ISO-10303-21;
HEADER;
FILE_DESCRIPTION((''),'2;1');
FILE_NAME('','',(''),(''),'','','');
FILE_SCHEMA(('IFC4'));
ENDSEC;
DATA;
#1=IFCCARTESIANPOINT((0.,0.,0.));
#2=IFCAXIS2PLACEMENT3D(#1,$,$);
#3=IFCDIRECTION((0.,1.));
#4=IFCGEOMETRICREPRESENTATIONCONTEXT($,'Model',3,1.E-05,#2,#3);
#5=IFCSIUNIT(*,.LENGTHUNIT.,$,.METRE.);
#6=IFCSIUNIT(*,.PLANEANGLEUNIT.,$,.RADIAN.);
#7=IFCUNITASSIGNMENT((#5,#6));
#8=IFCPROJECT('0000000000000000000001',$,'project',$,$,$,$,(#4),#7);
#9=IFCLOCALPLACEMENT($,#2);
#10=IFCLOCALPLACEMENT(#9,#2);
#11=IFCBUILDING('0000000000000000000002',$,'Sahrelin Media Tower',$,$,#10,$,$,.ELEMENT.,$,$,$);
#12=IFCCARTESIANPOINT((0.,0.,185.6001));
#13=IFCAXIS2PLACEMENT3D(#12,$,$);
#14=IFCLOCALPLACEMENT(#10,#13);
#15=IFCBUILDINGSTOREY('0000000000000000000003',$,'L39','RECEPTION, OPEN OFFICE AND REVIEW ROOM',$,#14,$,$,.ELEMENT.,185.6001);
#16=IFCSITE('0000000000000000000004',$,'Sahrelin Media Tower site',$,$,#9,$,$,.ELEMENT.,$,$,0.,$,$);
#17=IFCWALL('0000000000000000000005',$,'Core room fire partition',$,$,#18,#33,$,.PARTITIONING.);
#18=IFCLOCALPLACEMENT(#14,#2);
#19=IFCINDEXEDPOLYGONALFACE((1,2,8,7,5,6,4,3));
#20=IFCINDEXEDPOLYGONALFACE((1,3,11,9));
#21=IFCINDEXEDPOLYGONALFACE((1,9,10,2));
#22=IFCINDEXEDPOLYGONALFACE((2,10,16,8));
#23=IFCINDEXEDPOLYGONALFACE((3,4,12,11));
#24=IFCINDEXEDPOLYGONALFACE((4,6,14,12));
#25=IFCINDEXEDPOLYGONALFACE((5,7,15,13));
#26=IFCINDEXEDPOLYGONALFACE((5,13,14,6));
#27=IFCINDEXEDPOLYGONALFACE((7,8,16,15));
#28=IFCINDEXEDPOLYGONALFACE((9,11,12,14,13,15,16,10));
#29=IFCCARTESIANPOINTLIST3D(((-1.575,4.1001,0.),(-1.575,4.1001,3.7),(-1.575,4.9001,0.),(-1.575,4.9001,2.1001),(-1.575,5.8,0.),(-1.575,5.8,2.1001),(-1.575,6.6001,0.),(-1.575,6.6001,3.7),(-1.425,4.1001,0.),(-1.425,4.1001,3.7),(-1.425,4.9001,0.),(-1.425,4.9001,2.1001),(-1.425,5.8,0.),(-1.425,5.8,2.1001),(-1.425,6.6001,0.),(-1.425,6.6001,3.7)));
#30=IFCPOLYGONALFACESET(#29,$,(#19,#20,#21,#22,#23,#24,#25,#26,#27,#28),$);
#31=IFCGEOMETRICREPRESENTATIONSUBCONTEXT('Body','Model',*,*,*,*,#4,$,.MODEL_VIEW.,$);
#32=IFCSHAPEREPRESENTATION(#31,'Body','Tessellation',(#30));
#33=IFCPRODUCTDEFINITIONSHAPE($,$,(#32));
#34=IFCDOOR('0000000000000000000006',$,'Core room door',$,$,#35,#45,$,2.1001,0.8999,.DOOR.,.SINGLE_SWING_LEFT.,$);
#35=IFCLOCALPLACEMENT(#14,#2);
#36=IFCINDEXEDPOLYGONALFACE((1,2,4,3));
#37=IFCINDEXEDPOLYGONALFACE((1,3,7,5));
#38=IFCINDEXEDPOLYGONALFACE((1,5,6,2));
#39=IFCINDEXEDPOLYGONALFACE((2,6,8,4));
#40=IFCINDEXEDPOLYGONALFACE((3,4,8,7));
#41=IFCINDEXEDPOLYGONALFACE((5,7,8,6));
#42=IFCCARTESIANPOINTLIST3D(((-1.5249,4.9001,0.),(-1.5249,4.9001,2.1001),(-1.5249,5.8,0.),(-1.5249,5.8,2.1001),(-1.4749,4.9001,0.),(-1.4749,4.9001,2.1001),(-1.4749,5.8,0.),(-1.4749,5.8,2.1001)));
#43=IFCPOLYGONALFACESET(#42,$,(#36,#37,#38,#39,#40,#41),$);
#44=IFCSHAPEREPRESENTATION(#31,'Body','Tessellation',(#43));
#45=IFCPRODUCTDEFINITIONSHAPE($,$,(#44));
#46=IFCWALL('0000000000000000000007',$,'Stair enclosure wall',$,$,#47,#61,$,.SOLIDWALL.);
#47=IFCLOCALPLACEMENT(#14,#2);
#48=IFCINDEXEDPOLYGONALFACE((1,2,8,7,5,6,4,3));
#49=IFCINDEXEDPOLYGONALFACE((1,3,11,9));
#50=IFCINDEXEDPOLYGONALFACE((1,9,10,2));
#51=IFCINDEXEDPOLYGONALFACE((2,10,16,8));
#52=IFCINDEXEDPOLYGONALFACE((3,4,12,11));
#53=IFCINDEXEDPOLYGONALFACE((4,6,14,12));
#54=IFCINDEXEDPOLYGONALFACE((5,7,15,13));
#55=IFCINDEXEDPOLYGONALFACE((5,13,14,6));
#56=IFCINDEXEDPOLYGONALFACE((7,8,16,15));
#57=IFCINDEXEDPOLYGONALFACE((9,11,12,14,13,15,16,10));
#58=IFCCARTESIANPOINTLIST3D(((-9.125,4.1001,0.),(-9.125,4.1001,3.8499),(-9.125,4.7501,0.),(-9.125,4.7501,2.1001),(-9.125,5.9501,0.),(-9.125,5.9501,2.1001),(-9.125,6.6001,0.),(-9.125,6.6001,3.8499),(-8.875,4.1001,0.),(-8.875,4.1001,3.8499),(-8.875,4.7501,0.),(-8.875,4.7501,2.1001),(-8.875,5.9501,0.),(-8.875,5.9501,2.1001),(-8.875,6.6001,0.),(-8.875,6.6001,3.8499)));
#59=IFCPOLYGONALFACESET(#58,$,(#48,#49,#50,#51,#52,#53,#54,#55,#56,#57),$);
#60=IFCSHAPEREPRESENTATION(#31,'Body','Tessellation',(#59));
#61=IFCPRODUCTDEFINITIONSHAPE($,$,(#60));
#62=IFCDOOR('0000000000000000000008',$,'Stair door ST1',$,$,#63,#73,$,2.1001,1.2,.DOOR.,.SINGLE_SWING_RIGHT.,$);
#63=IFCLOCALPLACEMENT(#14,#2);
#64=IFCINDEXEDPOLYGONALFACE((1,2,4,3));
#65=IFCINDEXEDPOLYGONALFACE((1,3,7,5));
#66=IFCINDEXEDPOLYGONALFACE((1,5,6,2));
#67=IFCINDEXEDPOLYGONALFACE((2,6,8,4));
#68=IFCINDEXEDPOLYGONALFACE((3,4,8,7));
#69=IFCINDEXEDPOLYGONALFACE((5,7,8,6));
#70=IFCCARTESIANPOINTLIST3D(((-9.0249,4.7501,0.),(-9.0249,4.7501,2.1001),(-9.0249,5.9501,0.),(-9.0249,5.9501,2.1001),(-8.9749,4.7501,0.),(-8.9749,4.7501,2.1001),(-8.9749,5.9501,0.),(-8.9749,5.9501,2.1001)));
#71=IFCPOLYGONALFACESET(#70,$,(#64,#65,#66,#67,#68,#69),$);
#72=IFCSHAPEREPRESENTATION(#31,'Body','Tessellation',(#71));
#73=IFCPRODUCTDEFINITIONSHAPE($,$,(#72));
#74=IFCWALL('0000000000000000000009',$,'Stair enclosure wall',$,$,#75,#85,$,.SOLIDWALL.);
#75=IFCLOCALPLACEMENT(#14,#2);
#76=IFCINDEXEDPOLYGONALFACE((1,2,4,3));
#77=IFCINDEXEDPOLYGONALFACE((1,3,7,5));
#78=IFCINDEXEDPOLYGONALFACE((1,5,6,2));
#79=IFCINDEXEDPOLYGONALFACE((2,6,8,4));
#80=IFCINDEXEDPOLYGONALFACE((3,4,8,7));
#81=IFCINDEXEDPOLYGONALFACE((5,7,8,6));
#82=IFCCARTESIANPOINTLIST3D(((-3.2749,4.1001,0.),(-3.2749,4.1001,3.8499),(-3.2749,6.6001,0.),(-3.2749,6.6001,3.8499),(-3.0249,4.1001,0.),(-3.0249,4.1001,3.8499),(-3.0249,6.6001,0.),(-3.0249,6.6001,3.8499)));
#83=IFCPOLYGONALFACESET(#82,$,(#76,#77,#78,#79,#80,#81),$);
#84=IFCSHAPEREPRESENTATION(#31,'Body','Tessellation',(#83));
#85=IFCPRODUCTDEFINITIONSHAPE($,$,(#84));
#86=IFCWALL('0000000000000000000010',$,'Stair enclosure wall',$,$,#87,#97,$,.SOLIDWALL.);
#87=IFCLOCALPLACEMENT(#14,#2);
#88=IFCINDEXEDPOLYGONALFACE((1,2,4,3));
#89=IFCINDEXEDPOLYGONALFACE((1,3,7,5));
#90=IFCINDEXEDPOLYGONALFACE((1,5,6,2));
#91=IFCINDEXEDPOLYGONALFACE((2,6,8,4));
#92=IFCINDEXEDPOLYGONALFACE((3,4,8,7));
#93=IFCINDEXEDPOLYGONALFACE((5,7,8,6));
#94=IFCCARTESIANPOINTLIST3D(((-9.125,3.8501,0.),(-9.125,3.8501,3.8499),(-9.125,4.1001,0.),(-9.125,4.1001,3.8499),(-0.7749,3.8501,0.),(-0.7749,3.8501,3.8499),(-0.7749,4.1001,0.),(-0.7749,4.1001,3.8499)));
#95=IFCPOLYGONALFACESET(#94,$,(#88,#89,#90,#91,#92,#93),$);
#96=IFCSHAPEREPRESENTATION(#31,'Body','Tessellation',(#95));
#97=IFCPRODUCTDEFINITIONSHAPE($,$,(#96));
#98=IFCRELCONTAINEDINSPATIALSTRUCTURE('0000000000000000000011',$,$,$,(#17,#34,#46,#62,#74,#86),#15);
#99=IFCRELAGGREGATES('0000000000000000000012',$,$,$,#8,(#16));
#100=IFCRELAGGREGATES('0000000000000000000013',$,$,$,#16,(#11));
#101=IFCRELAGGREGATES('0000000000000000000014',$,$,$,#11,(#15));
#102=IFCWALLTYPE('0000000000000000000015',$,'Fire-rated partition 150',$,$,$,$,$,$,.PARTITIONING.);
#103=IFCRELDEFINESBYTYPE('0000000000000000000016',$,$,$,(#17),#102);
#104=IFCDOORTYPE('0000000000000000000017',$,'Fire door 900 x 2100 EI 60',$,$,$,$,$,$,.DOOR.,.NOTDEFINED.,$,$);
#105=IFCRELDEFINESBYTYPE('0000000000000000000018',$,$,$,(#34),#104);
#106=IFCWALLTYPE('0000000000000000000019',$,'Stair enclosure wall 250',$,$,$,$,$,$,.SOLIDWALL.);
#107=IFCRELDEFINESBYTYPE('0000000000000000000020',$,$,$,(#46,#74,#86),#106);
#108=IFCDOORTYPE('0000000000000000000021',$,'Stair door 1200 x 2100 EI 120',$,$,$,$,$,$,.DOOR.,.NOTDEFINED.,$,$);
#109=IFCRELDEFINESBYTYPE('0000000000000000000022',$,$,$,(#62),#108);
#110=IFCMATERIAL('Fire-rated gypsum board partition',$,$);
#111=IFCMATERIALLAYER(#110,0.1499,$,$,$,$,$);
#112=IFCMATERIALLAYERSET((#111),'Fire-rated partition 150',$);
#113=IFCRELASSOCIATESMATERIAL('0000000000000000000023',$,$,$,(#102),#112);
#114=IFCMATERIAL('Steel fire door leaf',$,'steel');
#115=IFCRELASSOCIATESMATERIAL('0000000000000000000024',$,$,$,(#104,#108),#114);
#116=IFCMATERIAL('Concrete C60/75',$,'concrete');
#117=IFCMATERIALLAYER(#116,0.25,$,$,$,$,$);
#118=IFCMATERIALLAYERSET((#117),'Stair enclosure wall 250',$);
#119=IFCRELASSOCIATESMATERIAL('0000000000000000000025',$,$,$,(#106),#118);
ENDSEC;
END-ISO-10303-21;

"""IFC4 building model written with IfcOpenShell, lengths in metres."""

from ifc_helpers import new_model, si_unit, direction, frame, frame_2d, origin, place, context, subcontext, project, spatial, rectangle, extrude, material, layer, layer_set, type_object, element, fill, save


model = new_model("IFC4")

# Units and contexts
model_context = context("Model", 3, precision=1e-05, world=origin(), true_north=direction((0.0, 1.0)))
body_context = subcontext(model_context, "Body", "Model", "MODEL_VIEW")
ifc_project = project(units=[si_unit("LENGTHUNIT", "METRE"), si_unit("PLANEANGLEUNIT", "RADIAN")], contexts=[model_context])

# Site, building, storey
site_placement = place(None, origin())
site = spatial("IfcSite", under=ifc_project, at=site_placement, Name="Sahrelin Media Tower site", CompositionType="ELEMENT", RefElevation=0.0)
building_placement = place(site_placement, origin())
building = spatial("IfcBuilding", under=site, at=building_placement, Name="Sahrelin Media Tower", CompositionType="ELEMENT")
storey_placement = place(building_placement, frame((0.0, 0.0, 185.6001)))
storey = spatial("IfcBuildingStorey", under=building, at=storey_placement, Name="L39", Description="RECEPTION, OPEN OFFICE AND REVIEW ROOM", CompositionType="ELEMENT", Elevation=185.6001)

# Shared definitions
ifc_material_1 = material(Name="Concrete C60/75", Category="concrete")

# Shared definitions
ifc_material_2 = material(Name="Fire-rated gypsum board partition")
ifc_material_3 = material(Name="Steel fire door leaf", Category="steel")

# Walls, openings, doors
ifc_layer_1 = layer(ifc_material_2, 0.1499)
ifc_layer_set_1 = layer_set([ifc_layer_1], Name="Fire-rated partition 150")
wall_type_1 = type_object("IfcWallType", Name="Fire-rated partition 150", PredefinedType="PARTITIONING", material=ifc_layer_set_1)
wall_1_placement = place(storey_placement, frame((-1.5, 4.1001, 0.0), z_axis=(0.0, 0.0, 1.0), x_axis=(0.0, 1.0, 0.0)))
wall_1 = element("IfcWall", 1, at=wall_1_placement, inside=storey, type_object=wall_type_1, Name="Core room fire partition", PredefinedType="PARTITIONING", context=body_context, shape_type="SweptSolid", body=[
    extrude(rectangle(XDim=2.5, YDim=0.1499, at=frame_2d((1.25, 0.0))), origin(), (0.0, 0.0, 1.0), 3.7),
])
opening_1_placement = place(wall_1_placement, frame((0.8, 0.0, 0.0)))
opening_1 = element("IfcOpeningElement", 2, at=opening_1_placement, cuts=wall_1, PredefinedType="OPENING", context=body_context, shape_type="SweptSolid", body=[
    extrude(rectangle(XDim=0.8999, YDim=2.1001, at=frame_2d((0.45, 1.05))), frame((0.0, 0.075, 0.0), z_axis=(0.0, -1.0, 0.0), x_axis=(1.0, 0.0, 0.0)), (0.0, 0.0, 1.0), 0.1499),
])
door_type_1 = type_object("IfcDoorType", Name="Fire door 900 x 2100 EI 60", OperationType="NOTDEFINED", PredefinedType="DOOR", material=ifc_material_3)
door_1_placement = place(opening_1_placement, origin())
door_1 = element("IfcDoor", 3, at=door_1_placement, inside=storey, type_object=door_type_1, Name="Core room door", OperationType="SINGLE_SWING_LEFT", OverallHeight=2.1001, OverallWidth=0.8999, PredefinedType="DOOR", context=body_context, shape_type="SweptSolid", body=[
    extrude(rectangle(XDim=0.8999, YDim=2.1001, at=frame_2d((0.45, 1.05))), frame((0.0, 0.0249, 0.0), z_axis=(0.0, -1.0, 0.0), x_axis=(1.0, 0.0, 0.0)), (0.0, 0.0, 1.0), 0.05),
])
fill(opening_1, door_1)
ifc_layer_2 = layer(ifc_material_1, 0.25)
ifc_layer_set_2 = layer_set([ifc_layer_2], Name="Stair enclosure wall 250")
wall_type_2 = type_object("IfcWallType", Name="Stair enclosure wall 250", PredefinedType="SOLIDWALL", material=ifc_layer_set_2)
wall_2_placement = place(storey_placement, frame((-9.0, 4.1001, 0.0), z_axis=(0.0, 0.0, 1.0), x_axis=(0.0, 1.0, 0.0)))
wall_2 = element("IfcWall", 4, at=wall_2_placement, inside=storey, type_object=wall_type_2, Name="Stair enclosure wall", PredefinedType="SOLIDWALL", context=body_context, shape_type="SweptSolid", body=[
    extrude(rectangle(XDim=2.5, YDim=0.25, at=frame_2d((1.25, 0.0))), origin(), (0.0, 0.0, 1.0), 3.8499),
])
opening_2_placement = place(wall_2_placement, frame((0.6499, 0.0, 0.0)))
opening_2 = element("IfcOpeningElement", 5, at=opening_2_placement, cuts=wall_2, PredefinedType="OPENING", context=body_context, shape_type="SweptSolid", body=[
    extrude(rectangle(XDim=1.2, YDim=2.1001, at=frame_2d((0.6001, 1.05))), frame((0.0, 0.125, 0.0), z_axis=(0.0, -1.0, 0.0), x_axis=(1.0, 0.0, 0.0)), (0.0, 0.0, 1.0), 0.25),
])
door_type_2 = type_object("IfcDoorType", Name="Stair door 1200 x 2100 EI 120", OperationType="NOTDEFINED", PredefinedType="DOOR", material=ifc_material_3)
door_2_placement = place(opening_2_placement, origin())
door_2 = element("IfcDoor", 6, at=door_2_placement, inside=storey, type_object=door_type_2, Name="Stair door ST1", OperationType="SINGLE_SWING_RIGHT", OverallHeight=2.1001, OverallWidth=1.2, PredefinedType="DOOR", context=body_context, shape_type="SweptSolid", body=[
    extrude(rectangle(XDim=1.2, YDim=2.1001, at=frame_2d((0.6001, 1.05))), frame((0.0, 0.0249, 0.0), z_axis=(0.0, -1.0, 0.0), x_axis=(1.0, 0.0, 0.0)), (0.0, 0.0, 1.0), 0.05),
])
fill(opening_2, door_2)

# Walls
wall_3_placement = place(storey_placement, frame((-3.1499, 4.1001, 0.0), z_axis=(0.0, 0.0, 1.0), x_axis=(0.0, 1.0, 0.0)))
element("IfcWall", 7, at=wall_3_placement, inside=storey, type_object=wall_type_2, Name="Stair enclosure wall", PredefinedType="SOLIDWALL", context=body_context, shape_type="SweptSolid", body=[
    extrude(rectangle(XDim=2.5, YDim=0.25, at=frame_2d((1.25, 0.0))), origin(), (0.0, 0.0, 1.0), 3.8499),
])
wall_4_placement = place(storey_placement, frame((-9.125, 3.9751, 0.0), z_axis=(0.0, 0.0, 1.0), x_axis=(1.0, 0.0, 0.0)))
element("IfcWall", 8, at=wall_4_placement, inside=storey, type_object=wall_type_2, Name="Stair enclosure wall", PredefinedType="SOLIDWALL", context=body_context, shape_type="SweptSolid", body=[
    extrude(rectangle(XDim=8.3501, YDim=0.25, at=frame_2d((4.175, 0.0))), origin(), (0.0, 0.0, 1.0), 3.8499),
])

save(model, "model.ifc")
